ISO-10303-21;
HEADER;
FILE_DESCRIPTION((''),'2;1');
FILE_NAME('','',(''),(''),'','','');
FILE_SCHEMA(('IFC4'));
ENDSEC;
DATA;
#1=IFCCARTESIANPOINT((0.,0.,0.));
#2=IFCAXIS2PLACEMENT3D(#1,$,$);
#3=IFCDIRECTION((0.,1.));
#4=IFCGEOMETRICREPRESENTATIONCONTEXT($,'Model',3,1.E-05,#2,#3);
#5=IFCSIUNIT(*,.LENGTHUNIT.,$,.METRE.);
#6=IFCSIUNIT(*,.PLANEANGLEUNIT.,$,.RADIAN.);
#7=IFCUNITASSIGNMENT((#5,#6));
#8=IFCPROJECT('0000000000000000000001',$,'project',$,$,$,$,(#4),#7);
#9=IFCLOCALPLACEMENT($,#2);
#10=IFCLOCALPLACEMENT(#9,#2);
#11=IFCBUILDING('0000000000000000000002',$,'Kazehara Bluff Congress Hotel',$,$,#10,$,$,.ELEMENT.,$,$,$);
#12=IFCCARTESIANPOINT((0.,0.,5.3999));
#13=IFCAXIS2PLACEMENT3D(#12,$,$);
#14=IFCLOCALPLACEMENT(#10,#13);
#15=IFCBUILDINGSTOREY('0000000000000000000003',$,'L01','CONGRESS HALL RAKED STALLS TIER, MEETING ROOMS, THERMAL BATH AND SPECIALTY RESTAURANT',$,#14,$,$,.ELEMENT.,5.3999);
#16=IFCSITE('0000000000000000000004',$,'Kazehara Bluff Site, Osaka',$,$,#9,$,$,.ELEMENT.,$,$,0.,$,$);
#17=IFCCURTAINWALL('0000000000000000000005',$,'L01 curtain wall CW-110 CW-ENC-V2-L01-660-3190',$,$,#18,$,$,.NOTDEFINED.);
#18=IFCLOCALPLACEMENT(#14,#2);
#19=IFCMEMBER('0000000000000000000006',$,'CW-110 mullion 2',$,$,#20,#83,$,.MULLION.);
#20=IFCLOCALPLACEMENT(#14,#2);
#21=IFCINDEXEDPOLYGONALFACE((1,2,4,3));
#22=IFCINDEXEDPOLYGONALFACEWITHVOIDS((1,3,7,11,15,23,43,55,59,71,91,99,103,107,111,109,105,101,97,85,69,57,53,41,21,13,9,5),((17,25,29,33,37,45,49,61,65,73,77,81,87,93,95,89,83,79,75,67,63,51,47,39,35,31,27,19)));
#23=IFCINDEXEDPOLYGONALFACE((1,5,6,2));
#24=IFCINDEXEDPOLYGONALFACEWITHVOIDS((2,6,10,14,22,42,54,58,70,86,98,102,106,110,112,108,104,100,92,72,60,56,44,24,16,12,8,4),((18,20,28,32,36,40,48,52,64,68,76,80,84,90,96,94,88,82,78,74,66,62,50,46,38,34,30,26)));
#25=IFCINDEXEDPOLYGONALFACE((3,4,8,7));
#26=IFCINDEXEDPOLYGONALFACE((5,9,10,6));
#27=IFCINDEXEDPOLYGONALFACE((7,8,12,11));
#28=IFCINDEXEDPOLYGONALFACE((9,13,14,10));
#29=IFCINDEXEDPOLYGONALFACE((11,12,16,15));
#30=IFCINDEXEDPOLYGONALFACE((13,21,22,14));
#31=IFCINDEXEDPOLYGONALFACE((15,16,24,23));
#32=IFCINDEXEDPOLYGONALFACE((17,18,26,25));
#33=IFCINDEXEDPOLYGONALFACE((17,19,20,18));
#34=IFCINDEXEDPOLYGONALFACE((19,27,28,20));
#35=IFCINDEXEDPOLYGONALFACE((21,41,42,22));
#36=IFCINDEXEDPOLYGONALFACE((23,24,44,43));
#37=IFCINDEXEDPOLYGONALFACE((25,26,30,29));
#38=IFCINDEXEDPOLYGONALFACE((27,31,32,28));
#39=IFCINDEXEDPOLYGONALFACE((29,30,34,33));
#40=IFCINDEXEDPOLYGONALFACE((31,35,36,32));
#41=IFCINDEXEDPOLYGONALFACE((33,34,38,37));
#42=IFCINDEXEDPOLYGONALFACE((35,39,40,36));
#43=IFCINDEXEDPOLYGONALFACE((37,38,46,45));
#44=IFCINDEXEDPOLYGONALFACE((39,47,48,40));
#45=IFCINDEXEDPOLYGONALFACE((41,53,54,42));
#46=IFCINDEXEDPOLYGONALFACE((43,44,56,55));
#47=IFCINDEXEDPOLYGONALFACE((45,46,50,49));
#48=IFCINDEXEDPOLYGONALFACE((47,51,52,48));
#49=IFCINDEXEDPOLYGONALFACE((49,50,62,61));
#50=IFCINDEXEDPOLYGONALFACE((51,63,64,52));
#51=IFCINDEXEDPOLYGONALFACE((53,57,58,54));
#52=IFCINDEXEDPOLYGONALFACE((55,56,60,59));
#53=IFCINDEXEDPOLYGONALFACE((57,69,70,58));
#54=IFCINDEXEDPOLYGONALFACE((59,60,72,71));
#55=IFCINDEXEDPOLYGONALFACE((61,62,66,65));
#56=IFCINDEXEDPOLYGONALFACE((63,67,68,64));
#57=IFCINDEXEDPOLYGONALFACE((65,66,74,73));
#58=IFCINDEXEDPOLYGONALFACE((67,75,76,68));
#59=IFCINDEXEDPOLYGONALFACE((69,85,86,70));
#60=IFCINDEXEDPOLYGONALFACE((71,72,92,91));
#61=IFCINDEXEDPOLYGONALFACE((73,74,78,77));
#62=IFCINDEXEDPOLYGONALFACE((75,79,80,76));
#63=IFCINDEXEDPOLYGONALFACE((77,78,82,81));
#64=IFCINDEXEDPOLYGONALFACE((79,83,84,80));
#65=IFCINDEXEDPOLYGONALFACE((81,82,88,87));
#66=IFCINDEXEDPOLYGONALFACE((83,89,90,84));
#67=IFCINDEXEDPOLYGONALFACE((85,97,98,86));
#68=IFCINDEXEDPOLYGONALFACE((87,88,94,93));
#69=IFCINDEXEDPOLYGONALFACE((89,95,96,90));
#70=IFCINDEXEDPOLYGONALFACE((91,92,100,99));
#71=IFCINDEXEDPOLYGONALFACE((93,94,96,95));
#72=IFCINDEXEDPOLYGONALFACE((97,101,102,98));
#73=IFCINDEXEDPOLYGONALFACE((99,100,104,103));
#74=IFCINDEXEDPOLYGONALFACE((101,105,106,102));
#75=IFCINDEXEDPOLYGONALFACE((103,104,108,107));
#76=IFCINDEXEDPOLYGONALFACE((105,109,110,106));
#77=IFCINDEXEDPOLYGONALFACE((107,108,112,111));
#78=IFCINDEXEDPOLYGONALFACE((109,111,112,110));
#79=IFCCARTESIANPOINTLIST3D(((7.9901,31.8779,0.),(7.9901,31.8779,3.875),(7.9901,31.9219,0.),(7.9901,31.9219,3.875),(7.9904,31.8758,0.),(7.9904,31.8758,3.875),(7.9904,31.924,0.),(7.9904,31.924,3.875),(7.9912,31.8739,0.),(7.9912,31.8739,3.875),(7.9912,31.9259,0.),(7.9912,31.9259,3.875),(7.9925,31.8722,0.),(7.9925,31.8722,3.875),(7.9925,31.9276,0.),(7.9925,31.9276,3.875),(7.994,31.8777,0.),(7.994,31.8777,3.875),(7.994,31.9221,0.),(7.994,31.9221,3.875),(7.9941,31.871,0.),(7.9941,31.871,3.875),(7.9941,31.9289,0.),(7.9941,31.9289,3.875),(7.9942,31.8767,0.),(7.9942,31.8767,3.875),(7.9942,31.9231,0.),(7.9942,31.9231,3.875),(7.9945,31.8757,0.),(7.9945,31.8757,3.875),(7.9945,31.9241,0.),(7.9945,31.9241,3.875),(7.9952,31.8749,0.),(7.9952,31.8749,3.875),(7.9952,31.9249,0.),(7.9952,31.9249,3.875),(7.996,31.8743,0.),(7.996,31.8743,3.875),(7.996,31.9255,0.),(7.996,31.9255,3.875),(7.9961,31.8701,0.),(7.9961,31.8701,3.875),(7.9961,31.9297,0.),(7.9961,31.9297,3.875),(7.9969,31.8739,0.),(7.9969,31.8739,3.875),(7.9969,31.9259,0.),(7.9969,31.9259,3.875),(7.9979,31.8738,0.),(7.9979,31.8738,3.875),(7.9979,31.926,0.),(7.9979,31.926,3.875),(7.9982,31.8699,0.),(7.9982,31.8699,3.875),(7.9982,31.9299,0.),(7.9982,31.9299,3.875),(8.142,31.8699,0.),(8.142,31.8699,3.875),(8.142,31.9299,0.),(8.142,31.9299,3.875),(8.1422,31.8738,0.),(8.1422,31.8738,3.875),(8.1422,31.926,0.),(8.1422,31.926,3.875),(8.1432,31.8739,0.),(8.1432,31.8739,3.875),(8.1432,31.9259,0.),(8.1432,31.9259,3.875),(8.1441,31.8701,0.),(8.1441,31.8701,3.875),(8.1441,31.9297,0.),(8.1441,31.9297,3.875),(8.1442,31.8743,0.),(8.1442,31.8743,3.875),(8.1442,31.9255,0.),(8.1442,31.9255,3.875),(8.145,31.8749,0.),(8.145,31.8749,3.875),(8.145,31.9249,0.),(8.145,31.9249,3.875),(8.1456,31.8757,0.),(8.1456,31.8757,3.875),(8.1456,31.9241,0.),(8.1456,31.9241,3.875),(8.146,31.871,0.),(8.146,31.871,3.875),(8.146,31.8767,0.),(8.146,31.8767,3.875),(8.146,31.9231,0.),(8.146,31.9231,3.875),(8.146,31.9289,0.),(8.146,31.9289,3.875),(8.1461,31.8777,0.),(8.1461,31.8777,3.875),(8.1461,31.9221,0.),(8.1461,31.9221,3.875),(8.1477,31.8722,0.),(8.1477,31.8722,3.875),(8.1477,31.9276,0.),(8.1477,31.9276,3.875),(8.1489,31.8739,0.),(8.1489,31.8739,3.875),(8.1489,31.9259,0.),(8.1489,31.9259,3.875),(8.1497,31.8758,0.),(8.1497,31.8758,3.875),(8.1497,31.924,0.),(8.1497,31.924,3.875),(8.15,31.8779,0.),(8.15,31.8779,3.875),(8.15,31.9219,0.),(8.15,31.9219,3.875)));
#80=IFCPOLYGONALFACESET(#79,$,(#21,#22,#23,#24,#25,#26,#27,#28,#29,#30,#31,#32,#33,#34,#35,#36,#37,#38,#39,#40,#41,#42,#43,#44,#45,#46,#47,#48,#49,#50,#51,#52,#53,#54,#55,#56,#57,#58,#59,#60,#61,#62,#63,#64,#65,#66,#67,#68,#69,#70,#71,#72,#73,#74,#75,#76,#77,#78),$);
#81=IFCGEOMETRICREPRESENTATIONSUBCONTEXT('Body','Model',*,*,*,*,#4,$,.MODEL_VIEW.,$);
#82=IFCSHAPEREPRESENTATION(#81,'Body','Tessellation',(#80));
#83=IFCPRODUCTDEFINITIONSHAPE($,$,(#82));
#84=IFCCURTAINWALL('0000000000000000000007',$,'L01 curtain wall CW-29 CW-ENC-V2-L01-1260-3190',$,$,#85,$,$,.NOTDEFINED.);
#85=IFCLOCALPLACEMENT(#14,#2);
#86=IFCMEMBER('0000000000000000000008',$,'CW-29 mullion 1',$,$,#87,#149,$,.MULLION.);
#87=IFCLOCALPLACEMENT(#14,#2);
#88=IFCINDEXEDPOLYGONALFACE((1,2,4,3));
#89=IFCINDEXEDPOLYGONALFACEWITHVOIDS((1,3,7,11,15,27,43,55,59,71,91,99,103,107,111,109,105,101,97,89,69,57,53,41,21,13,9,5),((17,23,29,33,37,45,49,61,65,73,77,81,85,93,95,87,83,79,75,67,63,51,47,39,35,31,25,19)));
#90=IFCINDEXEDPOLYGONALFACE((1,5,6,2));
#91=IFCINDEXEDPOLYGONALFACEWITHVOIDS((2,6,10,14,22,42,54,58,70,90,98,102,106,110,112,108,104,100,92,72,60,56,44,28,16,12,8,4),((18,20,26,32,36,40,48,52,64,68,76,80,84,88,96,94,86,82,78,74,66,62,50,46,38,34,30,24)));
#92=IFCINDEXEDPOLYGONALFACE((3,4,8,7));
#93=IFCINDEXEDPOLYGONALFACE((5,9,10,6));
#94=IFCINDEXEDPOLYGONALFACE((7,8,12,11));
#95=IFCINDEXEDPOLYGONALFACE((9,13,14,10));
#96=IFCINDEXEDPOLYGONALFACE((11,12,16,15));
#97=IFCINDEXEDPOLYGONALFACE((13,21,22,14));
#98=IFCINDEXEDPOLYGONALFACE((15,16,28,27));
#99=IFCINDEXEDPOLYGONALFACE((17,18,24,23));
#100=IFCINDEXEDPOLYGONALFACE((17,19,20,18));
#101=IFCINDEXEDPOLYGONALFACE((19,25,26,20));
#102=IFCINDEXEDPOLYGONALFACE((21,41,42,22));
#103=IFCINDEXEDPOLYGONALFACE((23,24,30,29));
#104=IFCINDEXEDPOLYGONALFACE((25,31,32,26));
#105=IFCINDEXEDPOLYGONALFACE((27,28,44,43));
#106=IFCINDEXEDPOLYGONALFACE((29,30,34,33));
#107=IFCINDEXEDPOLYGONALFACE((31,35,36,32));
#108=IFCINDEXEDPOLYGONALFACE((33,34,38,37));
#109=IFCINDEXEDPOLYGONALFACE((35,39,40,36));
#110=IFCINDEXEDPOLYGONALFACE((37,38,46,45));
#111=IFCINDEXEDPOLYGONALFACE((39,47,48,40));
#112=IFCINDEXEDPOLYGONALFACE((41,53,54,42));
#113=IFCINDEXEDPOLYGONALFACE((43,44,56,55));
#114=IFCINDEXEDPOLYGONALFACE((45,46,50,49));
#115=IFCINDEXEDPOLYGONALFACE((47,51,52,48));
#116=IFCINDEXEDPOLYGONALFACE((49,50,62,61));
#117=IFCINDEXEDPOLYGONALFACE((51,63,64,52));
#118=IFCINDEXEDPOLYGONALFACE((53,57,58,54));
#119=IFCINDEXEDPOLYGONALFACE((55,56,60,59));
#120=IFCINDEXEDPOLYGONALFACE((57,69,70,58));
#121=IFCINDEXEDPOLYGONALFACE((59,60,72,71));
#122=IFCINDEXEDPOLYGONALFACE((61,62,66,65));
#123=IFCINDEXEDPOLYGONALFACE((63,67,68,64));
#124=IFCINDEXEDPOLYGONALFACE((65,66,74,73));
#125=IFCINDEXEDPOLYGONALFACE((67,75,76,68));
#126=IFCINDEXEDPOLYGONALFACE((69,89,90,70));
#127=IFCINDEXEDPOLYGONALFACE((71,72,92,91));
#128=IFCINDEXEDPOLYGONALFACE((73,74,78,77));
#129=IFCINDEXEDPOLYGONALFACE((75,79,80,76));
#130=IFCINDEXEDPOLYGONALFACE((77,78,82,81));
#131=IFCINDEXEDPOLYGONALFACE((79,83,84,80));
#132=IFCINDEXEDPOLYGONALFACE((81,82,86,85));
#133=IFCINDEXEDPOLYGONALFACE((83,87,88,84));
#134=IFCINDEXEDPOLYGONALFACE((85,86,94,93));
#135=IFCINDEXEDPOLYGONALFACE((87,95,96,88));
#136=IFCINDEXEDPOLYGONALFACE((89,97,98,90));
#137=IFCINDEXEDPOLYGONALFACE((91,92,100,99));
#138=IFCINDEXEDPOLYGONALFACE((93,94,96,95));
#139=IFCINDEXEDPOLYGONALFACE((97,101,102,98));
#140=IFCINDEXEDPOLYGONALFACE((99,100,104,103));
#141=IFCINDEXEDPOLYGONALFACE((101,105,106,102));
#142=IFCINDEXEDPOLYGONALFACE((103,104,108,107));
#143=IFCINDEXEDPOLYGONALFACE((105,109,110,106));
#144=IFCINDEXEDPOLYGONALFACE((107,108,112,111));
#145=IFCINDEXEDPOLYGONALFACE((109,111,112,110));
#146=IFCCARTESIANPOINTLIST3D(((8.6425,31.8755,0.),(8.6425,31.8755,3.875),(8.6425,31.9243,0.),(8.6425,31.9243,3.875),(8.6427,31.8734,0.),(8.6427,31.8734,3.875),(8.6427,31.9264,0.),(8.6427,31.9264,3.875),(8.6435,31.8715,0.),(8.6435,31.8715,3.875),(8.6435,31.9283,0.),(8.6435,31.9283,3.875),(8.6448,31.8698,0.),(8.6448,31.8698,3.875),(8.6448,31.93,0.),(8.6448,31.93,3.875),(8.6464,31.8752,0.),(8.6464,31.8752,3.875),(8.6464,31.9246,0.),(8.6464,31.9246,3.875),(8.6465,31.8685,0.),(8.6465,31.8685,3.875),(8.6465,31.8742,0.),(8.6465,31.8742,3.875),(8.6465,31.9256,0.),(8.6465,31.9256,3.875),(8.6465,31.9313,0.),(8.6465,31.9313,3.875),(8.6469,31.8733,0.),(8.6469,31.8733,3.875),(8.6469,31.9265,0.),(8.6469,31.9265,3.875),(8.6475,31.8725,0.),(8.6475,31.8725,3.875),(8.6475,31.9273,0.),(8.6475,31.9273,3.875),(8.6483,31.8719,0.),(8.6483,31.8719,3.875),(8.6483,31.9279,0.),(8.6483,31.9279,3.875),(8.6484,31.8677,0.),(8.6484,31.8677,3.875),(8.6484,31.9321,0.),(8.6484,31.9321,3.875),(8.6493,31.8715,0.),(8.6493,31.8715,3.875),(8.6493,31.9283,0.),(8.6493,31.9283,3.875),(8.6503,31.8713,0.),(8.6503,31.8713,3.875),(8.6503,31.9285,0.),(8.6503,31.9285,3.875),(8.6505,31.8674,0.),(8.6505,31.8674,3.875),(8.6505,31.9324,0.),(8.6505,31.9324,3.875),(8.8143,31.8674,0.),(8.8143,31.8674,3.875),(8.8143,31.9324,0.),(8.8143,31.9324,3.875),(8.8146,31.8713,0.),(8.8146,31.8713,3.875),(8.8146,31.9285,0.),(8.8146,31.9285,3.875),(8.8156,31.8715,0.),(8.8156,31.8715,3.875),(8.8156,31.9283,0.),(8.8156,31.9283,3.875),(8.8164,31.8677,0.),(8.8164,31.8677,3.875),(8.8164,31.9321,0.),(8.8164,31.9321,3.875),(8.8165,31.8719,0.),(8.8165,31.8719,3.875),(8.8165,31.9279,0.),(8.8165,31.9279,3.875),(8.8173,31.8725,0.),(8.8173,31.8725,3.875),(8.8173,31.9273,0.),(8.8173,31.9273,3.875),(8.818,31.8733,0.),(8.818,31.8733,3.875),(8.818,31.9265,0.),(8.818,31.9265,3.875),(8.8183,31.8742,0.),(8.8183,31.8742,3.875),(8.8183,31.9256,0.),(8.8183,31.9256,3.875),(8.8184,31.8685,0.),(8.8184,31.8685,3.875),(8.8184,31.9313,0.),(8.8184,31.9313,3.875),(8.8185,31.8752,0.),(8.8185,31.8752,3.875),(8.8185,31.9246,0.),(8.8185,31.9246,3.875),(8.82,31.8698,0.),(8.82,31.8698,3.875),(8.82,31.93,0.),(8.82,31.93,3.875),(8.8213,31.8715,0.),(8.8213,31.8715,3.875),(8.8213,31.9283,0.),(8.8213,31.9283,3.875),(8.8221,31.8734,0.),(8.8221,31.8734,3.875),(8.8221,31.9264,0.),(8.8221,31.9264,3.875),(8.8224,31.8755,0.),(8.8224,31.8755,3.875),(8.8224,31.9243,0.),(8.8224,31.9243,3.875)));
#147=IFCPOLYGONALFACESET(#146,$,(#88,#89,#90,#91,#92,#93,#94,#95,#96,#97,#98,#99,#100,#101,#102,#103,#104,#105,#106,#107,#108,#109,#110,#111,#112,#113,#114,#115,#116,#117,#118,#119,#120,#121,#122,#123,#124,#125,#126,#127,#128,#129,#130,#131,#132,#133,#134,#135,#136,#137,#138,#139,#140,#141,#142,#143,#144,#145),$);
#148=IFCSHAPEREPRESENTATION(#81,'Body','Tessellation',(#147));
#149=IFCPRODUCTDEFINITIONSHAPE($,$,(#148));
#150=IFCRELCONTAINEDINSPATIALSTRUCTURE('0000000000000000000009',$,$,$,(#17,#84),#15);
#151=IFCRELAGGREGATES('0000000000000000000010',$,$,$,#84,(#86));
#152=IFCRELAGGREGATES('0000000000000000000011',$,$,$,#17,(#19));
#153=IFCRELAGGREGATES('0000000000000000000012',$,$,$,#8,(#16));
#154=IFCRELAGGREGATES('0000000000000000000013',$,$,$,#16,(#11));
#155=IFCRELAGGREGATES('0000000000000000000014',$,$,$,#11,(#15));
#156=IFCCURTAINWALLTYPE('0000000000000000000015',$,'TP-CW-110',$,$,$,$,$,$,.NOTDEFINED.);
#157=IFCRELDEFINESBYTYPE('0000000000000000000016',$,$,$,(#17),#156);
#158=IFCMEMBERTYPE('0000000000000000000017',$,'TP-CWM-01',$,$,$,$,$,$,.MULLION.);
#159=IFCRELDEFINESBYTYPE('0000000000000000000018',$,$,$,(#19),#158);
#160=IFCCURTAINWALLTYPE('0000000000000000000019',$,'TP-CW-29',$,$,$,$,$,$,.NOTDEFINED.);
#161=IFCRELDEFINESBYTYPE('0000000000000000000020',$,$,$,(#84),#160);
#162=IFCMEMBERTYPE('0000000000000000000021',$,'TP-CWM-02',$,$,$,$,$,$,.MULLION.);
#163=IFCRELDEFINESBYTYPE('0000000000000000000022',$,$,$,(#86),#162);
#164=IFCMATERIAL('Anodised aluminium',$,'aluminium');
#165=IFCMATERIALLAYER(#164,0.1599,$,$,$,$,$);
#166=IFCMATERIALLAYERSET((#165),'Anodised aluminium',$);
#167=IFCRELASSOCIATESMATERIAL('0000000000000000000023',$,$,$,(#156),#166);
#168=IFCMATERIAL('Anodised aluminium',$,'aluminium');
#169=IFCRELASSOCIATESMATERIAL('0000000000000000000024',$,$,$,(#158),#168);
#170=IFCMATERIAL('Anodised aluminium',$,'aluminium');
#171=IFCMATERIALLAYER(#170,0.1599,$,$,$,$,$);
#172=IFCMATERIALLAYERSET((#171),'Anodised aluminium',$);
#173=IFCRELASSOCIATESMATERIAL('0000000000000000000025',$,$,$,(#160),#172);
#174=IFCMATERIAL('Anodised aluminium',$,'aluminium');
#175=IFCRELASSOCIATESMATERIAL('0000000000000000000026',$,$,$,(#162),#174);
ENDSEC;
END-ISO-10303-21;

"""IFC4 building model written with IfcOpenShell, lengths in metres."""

from ifc_helpers import new_model, si_unit, direction, frame, origin, origin_2d, place, context, subcontext, project, spatial, hollow_rectangle, extrude, material, layer, layer_set, material_profile, profile_set, type_object, element, aggregate, save


model = new_model("IFC4")

# Units and contexts
model_context = context("Model", 3, precision=1e-05, world=origin(), true_north=direction((0.0, 1.0)))
body_context = subcontext(model_context, "Body", "Model", "MODEL_VIEW")
ifc_project = project(units=[si_unit("LENGTHUNIT", "METRE"), si_unit("PLANEANGLEUNIT", "RADIAN")], contexts=[model_context])

# Site, building, storey
site_placement = place(None, origin())
site = spatial("IfcSite", under=ifc_project, at=site_placement, Name="Kazehara Bluff Site, Osaka", CompositionType="ELEMENT", RefElevation=0.0)
building_placement = place(site_placement, origin())
building = spatial("IfcBuilding", under=site, at=building_placement, Name="Kazehara Bluff Congress Hotel", CompositionType="ELEMENT")
storey_placement = place(building_placement, frame((0.0, 0.0, 5.3999)))
storey = spatial("IfcBuildingStorey", under=building, at=storey_placement, Name="L01", Description="CONGRESS HALL RAKED STALLS TIER, MEETING ROOMS, THERMAL BATH AND SPECIALTY RESTAURANT", CompositionType="ELEMENT", Elevation=5.3999)

# Curtain wall, member
ifc_material_1 = material(Name="Anodised aluminium", Category="aluminium")
ifc_layer_1 = layer(ifc_material_1, 0.1599)
ifc_layer_set_1 = layer_set([ifc_layer_1], Name="Anodised aluminium")
curtain_wall_type_1 = type_object("IfcCurtainWallType", Name="TP-CW-110", PredefinedType="NOTDEFINED", material=ifc_layer_set_1)
curtain_wall_1_placement = place(storey_placement, origin())
curtain_wall_1 = element("IfcCurtainWall", 1, at=curtain_wall_1_placement, inside=storey, type_object=curtain_wall_type_1, Name="L01 curtain wall CW-110 CW-ENC-V2-L01-660-3190", PredefinedType="NOTDEFINED")
ifc_material_2 = material(Name="Anodised aluminium", Category="aluminium")
ifc_material_profile_1 = material_profile(ifc_material_2, hollow_rectangle(XDim=0.0601, YDim=0.1599, WallThickness=0.0039, InnerFilletRadius=0.0039, OuterFilletRadius=0.0081, at=origin_2d()))
ifc_profile_set_1 = profile_set([ifc_material_profile_1], Name="Anodised aluminium")
member_type_1 = type_object("IfcMemberType", Name="TP-CWM-01", PredefinedType="MULLION", material=ifc_profile_set_1)
member_1_placement = place(storey_placement, frame((8.0701, 31.8999, 0.0), z_axis=(0.0, 0.0, 1.0), x_axis=(0.0, 1.0, 0.0)))
member_1 = element("IfcMember", 2, at=member_1_placement, type_object=member_type_1, Name="CW-110 mullion 2", PredefinedType="MULLION", context=body_context, shape_type="SweptSolid", body=[
    extrude(hollow_rectangle(XDim=0.0601, YDim=0.1599, WallThickness=0.0039, InnerFilletRadius=0.0039, OuterFilletRadius=0.0081, at=origin_2d()), origin(), (0.0, 0.0, 1.0), 3.875),
])

# Curtain wall, member
ifc_material_3 = material(Name="Anodised aluminium", Category="aluminium")
ifc_layer_2 = layer(ifc_material_3, 0.1599)
ifc_layer_set_2 = layer_set([ifc_layer_2], Name="Anodised aluminium")
curtain_wall_type_2 = type_object("IfcCurtainWallType", Name="TP-CW-29", PredefinedType="NOTDEFINED", material=ifc_layer_set_2)
curtain_wall_2_placement = place(storey_placement, origin())
curtain_wall_2 = element("IfcCurtainWall", 3, at=curtain_wall_2_placement, inside=storey, type_object=curtain_wall_type_2, Name="L01 curtain wall CW-29 CW-ENC-V2-L01-1260-3190", PredefinedType="NOTDEFINED")
ifc_material_4 = material(Name="Anodised aluminium", Category="aluminium")
ifc_material_profile_2 = material_profile(ifc_material_4, hollow_rectangle(XDim=0.0649, YDim=0.1799, WallThickness=0.0039, InnerFilletRadius=0.0039, OuterFilletRadius=0.0081, at=origin_2d()))
ifc_profile_set_2 = profile_set([ifc_material_profile_2], Name="Anodised aluminium")
member_type_2 = type_object("IfcMemberType", Name="TP-CWM-02", PredefinedType="MULLION", material=ifc_profile_set_2)
member_2_placement = place(storey_placement, frame((8.7324, 31.8999, 0.0), z_axis=(0.0, 0.0, 1.0), x_axis=(0.0, 1.0, 0.0)))
member_2 = element("IfcMember", 4, at=member_2_placement, type_object=member_type_2, Name="CW-29 mullion 1", PredefinedType="MULLION", context=body_context, shape_type="SweptSolid", body=[
    extrude(hollow_rectangle(XDim=0.0649, YDim=0.1799, WallThickness=0.0039, InnerFilletRadius=0.0039, OuterFilletRadius=0.0081, at=origin_2d()), origin(), (0.0, 0.0, 1.0), 3.875),
])

aggregate(curtain_wall_2, [member_2])
aggregate(curtain_wall_1, [member_1])

save(model, "model.ifc")
